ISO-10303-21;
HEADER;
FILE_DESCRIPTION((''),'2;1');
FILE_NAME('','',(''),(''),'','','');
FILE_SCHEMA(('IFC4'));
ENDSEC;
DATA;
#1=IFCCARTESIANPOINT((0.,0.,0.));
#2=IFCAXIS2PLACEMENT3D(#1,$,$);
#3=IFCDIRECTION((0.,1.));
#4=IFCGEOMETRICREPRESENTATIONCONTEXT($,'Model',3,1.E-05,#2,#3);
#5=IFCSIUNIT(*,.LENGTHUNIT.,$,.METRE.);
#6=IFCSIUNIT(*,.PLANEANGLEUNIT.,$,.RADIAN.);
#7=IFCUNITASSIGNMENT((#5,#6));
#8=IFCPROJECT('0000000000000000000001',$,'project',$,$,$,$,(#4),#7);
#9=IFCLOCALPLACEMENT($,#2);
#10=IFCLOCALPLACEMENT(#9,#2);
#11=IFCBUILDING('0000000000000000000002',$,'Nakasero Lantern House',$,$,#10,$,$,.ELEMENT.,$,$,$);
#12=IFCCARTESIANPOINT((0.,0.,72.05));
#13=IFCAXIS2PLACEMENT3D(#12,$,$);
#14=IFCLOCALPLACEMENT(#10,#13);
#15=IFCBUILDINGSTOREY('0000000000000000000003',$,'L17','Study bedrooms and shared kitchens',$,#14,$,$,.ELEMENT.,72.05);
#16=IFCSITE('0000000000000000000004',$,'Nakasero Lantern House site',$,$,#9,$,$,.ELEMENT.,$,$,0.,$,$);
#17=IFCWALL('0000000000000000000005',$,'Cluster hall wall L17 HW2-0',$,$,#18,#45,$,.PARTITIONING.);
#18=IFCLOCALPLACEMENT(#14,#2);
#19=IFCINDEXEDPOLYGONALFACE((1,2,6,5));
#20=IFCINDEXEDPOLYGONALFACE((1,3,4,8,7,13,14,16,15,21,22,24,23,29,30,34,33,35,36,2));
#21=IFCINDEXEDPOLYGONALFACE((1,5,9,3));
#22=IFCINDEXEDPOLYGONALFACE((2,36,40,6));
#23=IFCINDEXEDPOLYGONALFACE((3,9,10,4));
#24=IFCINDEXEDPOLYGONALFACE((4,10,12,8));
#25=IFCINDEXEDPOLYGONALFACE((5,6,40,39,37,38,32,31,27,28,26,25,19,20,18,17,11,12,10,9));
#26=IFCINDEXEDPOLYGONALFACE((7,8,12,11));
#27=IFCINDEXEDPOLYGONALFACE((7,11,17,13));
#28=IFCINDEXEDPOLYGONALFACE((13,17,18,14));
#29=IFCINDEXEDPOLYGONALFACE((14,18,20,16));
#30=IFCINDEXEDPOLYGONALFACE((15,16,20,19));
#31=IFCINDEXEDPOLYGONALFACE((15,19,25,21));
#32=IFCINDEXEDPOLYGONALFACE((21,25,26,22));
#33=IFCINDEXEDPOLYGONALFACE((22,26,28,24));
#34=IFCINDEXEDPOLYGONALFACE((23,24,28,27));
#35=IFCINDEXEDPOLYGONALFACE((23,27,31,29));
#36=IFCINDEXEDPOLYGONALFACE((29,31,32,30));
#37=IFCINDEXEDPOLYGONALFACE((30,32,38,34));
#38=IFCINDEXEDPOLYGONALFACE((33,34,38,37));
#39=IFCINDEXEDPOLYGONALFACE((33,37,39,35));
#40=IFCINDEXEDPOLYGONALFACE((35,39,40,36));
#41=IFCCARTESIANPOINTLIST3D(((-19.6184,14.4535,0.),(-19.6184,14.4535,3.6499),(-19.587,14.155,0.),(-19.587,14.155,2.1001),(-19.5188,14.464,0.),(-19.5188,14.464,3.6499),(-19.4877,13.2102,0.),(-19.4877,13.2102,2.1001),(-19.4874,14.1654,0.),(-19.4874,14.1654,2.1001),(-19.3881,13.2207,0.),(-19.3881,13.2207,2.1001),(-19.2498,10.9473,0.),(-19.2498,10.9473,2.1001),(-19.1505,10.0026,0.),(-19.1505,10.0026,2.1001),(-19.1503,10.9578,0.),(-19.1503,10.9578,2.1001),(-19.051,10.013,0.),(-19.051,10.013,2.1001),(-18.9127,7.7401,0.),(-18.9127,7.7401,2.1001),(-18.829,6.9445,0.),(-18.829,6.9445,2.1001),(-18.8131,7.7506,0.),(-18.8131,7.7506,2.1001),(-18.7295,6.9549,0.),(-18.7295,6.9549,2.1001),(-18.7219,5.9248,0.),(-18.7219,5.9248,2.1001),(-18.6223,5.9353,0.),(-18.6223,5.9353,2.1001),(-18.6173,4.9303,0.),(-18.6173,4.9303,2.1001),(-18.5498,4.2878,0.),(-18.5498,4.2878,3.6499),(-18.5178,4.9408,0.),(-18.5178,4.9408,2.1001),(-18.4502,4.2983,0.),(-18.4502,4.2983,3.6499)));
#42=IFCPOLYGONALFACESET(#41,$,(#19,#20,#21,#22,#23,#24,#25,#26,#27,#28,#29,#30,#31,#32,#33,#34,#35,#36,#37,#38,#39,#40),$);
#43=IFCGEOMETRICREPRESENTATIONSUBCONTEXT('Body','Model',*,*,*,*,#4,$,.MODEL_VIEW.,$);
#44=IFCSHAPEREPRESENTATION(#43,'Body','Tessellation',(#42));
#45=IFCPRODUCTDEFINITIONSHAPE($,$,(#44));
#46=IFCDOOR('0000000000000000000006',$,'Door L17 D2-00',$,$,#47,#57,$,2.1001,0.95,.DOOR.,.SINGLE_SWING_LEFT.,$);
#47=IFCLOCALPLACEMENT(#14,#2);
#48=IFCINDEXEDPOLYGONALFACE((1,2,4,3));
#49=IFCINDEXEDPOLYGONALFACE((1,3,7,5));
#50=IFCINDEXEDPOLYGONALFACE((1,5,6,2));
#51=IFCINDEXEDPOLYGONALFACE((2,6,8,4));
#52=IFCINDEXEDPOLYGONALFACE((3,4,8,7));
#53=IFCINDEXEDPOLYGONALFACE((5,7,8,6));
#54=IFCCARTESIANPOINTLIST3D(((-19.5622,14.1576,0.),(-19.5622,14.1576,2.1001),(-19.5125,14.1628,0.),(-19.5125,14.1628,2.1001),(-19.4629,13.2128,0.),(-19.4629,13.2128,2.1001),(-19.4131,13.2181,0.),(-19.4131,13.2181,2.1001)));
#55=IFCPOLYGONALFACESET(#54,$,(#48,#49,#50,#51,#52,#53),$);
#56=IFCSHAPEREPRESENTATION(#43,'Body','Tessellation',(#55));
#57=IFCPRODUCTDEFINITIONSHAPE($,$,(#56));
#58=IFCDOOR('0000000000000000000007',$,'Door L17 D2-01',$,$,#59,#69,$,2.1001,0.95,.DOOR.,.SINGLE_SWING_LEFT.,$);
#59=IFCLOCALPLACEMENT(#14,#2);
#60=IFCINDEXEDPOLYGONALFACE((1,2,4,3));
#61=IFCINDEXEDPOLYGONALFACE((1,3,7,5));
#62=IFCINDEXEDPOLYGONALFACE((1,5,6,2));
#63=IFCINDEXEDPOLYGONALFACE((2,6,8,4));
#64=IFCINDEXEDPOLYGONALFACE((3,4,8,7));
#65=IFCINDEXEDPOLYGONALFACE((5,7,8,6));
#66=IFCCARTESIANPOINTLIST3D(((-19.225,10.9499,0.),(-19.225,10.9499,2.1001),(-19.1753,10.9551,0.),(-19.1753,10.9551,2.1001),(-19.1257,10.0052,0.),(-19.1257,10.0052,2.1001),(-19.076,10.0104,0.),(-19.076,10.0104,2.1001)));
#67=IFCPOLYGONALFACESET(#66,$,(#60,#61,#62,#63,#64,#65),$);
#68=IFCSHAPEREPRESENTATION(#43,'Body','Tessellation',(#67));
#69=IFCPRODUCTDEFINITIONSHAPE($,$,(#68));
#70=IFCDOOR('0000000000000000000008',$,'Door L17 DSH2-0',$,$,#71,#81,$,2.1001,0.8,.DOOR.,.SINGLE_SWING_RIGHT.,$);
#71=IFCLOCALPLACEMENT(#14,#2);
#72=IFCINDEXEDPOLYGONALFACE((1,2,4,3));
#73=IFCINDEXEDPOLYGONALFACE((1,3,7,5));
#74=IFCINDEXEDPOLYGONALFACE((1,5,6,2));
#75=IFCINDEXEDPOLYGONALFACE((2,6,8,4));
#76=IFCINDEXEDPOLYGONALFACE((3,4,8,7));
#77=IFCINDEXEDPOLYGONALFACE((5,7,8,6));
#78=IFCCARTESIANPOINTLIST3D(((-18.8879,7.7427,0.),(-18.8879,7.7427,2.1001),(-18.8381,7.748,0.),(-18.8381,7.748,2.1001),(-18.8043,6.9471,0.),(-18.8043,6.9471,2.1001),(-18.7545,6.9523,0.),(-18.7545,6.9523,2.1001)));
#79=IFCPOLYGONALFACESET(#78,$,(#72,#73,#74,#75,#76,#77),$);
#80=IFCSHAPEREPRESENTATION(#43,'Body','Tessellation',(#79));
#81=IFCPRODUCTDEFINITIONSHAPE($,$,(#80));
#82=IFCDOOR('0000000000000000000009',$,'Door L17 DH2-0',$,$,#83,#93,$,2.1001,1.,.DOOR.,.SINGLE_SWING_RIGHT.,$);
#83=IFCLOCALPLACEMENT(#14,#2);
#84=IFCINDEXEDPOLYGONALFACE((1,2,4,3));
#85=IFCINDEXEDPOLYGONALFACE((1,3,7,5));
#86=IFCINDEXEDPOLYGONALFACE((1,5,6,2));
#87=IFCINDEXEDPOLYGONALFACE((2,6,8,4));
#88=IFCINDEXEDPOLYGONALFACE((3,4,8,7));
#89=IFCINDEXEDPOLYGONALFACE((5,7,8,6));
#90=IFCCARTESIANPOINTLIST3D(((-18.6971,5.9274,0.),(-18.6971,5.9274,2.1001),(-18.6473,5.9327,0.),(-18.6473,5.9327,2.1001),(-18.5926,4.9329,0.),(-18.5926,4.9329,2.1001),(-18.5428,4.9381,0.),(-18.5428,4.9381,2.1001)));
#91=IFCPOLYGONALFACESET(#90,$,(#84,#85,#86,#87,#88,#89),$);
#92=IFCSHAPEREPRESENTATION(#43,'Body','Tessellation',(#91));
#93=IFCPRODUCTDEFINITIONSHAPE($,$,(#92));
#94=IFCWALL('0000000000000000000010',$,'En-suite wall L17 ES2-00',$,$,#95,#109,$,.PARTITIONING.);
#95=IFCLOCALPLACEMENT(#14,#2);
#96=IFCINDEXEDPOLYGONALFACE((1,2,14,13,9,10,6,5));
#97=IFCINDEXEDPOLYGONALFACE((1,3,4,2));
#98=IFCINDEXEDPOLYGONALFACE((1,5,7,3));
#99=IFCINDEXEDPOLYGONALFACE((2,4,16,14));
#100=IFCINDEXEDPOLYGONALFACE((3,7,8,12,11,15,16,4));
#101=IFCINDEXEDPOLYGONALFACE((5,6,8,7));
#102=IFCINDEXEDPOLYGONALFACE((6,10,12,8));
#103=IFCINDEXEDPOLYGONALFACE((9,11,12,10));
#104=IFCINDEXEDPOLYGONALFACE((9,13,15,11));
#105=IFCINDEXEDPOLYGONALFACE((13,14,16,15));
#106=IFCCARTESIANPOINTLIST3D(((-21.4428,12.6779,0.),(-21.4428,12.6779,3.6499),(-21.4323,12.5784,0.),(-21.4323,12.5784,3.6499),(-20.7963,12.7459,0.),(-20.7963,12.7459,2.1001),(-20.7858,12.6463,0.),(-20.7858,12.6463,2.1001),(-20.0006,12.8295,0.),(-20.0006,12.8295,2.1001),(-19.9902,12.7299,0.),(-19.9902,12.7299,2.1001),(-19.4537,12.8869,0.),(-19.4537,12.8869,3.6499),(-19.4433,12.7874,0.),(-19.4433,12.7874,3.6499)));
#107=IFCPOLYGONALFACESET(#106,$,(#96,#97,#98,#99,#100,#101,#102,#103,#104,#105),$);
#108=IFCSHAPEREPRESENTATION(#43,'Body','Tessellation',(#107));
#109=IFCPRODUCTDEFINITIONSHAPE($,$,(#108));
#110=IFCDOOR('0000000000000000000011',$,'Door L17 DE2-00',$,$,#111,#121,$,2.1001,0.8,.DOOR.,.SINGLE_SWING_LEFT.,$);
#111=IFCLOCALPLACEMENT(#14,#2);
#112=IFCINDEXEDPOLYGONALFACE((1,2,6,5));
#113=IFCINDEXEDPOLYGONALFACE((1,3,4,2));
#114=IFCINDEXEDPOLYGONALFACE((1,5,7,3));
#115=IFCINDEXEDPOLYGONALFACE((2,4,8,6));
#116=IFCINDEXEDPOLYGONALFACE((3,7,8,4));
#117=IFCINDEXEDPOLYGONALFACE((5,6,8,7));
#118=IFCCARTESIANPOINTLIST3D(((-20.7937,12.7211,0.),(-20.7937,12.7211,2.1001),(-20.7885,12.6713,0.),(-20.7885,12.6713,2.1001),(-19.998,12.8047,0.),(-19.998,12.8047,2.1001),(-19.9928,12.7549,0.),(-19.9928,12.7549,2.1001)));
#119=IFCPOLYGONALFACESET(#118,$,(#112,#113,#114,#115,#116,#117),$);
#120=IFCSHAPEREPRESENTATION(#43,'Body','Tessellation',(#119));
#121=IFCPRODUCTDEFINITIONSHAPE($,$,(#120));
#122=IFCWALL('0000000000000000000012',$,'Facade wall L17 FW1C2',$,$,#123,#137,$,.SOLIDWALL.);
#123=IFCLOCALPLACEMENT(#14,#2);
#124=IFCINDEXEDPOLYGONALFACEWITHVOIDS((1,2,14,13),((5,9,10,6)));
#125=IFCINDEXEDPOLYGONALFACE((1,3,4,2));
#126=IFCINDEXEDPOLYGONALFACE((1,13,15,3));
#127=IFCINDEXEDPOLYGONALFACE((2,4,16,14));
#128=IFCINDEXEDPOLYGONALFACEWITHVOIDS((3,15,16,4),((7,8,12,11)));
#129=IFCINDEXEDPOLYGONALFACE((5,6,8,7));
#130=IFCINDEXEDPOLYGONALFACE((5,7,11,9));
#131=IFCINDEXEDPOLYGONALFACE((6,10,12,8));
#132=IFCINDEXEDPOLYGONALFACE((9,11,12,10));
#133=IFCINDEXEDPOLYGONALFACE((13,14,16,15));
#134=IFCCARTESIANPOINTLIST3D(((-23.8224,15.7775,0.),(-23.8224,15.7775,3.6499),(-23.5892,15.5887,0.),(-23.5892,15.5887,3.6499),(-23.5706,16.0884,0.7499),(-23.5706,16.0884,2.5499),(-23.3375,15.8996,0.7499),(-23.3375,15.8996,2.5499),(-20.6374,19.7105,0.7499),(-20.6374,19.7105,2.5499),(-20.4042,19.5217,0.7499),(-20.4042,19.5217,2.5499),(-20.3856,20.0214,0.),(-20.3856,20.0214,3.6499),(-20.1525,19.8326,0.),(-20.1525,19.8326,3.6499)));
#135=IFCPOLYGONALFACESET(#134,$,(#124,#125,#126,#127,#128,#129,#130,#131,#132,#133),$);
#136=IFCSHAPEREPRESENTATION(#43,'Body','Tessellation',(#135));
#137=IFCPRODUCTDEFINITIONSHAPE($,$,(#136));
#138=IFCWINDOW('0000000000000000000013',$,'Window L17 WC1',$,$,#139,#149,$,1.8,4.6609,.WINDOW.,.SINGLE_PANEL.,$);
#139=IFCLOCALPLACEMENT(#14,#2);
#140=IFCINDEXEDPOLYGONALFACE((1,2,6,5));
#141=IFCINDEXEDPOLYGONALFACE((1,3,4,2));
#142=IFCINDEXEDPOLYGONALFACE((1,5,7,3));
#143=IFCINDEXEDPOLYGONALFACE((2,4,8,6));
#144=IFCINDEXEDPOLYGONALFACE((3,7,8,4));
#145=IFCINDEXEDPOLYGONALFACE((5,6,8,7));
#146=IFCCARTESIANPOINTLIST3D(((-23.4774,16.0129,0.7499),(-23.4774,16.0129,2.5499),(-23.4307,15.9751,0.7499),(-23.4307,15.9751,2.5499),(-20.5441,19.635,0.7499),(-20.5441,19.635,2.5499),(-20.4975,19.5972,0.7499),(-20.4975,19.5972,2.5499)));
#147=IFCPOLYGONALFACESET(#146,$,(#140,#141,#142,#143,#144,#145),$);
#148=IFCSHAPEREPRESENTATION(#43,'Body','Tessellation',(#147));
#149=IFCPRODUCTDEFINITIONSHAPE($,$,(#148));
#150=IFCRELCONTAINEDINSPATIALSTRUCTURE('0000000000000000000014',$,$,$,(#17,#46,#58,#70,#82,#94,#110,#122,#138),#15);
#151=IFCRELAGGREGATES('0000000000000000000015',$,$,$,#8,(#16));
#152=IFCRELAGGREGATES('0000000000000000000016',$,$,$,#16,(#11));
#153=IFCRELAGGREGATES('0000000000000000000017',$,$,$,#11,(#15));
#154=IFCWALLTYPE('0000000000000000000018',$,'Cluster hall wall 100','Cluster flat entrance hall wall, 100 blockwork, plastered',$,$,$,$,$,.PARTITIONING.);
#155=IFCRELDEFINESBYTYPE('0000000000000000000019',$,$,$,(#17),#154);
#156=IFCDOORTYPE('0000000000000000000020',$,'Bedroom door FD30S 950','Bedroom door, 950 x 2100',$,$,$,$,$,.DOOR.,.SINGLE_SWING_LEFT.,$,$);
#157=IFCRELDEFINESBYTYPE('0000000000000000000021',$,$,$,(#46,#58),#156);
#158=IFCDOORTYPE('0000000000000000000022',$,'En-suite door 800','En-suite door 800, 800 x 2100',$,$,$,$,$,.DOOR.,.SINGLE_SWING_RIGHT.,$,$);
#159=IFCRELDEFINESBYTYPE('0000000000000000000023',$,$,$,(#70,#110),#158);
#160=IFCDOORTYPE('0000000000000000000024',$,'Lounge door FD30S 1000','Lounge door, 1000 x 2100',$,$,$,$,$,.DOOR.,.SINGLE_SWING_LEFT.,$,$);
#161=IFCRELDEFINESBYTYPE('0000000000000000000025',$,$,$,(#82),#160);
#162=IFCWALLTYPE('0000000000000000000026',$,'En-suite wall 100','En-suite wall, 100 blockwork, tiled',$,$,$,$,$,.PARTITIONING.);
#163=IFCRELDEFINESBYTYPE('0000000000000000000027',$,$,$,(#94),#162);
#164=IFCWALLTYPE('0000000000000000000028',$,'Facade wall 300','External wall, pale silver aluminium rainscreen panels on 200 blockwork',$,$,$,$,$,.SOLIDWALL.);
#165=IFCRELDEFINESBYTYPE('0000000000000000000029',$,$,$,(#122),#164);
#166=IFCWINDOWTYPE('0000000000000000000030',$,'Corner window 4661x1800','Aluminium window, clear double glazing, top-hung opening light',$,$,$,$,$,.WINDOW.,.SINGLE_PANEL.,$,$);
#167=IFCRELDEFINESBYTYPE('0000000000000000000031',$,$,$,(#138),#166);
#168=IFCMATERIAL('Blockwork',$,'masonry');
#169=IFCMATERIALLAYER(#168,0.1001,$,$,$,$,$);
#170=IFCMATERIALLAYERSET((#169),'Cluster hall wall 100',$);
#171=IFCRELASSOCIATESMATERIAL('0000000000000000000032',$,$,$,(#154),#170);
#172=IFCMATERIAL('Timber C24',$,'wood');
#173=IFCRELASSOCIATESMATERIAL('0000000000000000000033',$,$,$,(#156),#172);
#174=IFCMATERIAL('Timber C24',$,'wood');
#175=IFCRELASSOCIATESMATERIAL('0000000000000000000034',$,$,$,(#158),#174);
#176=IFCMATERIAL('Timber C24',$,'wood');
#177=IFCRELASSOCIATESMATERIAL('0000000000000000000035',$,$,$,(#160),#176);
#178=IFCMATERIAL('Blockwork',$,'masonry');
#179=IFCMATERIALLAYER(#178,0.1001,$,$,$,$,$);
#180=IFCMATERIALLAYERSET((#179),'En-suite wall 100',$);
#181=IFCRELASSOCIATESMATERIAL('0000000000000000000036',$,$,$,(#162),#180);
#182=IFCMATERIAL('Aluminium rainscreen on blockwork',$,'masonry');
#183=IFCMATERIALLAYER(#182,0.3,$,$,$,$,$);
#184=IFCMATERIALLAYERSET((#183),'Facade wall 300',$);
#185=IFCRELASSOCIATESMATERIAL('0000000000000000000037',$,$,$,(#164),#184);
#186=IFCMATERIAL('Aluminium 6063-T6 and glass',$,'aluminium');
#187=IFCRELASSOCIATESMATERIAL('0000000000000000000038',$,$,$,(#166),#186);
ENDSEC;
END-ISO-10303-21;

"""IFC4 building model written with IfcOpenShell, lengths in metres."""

from ifc_helpers import new_model, si_unit, direction, frame, frame_2d, origin, place, context, subcontext, project, spatial, rectangle, extrude, material, layer, layer_set, type_object, element, fill, save


model = new_model("IFC4")

# Units and contexts
model_context = context("Model", 3, precision=1e-05, world=origin(), true_north=direction((0.0, 1.0)))
body_context = subcontext(model_context, "Body", "Model", "MODEL_VIEW")
ifc_project = project(units=[si_unit("LENGTHUNIT", "METRE"), si_unit("PLANEANGLEUNIT", "RADIAN")], contexts=[model_context])

# Site, building, storey
site_placement = place(None, origin())
site = spatial("IfcSite", under=ifc_project, at=site_placement, Name="Nakasero Lantern House site", CompositionType="ELEMENT", RefElevation=0.0)
building_placement = place(site_placement, origin())
building = spatial("IfcBuilding", under=site, at=building_placement, Name="Nakasero Lantern House", CompositionType="ELEMENT")
storey_placement = place(building_placement, frame((0.0, 0.0, 72.05)))
storey = spatial("IfcBuildingStorey", under=building, at=storey_placement, Name="L17", Description="Study bedrooms and shared kitchens", CompositionType="ELEMENT", Elevation=72.05)

# Wall, openings, doors
ifc_material_1 = material(Name="Blockwork", Category="masonry")
ifc_layer_1 = layer(ifc_material_1, 0.1001)
ifc_layer_set_1 = layer_set([ifc_layer_1], Name="Cluster hall wall 100")
wall_type_1 = type_object("IfcWallType", Name="Cluster hall wall 100", Description="Cluster flat entrance hall wall, 100 blockwork, plastered", PredefinedType="PARTITIONING", material=ifc_layer_set_1)
wall_1_placement = place(storey_placement, frame((-19.5686, 14.4587, 0.0), z_axis=(0.0, 0.0, 1.0), x_axis=(0.104542, -0.99452, 0.0)))
wall_1 = element("IfcWall", 1, at=wall_1_placement, inside=storey, type_object=wall_type_1, Name="Cluster hall wall L17 HW2-0", PredefinedType="PARTITIONING", context=body_context, shape_type="SweptSolid", body=[
    extrude(rectangle(XDim=10.2217, YDim=0.1001, at=frame_2d((5.1108, 0.0))), origin(), (0.0, 0.0, 1.0), 3.6499),
])
opening_1_placement = place(wall_1_placement, frame((8.5757, 0.0, 0.0)))
opening_1 = element("IfcOpeningElement", 2, at=opening_1_placement, cuts=wall_1, PredefinedType="OPENING", context=body_context, shape_type="SweptSolid", body=[
    extrude(rectangle(XDim=1.0, YDim=2.1001, at=frame_2d((0.5, 1.05))), frame((0.0, 0.0701, 0.0), z_axis=(0.0, -1.0, 0.0), x_axis=(1.0, 0.0, 0.0)), (0.0, 0.0, 1.0), 0.1401),
])
opening_2_placement = place(wall_1_placement, frame((6.7505, 0.0, 0.0)))
opening_2 = element("IfcOpeningElement", 3, at=opening_2_placement, cuts=wall_1, PredefinedType="OPENING", context=body_context, shape_type="SweptSolid", body=[
    extrude(rectangle(XDim=0.8, YDim=2.1001, at=frame_2d((0.3999, 1.05))), frame((0.0, 0.0701, 0.0), z_axis=(0.0, -1.0, 0.0), x_axis=(1.0, 0.0, 0.0)), (0.0, 0.0, 1.0), 0.1401),
])
opening_3_placement = place(wall_1_placement, frame((0.3, 0.0, 0.0)))
opening_3 = element("IfcOpeningElement", 4, at=opening_3_placement, cuts=wall_1, PredefinedType="OPENING", context=body_context, shape_type="SweptSolid", body=[
    extrude(rectangle(XDim=0.95, YDim=2.1001, at=frame_2d((0.4751, 1.05))), frame((0.0, 0.0701, 0.0), z_axis=(0.0, -1.0, 0.0), x_axis=(1.0, 0.0, 0.0)), (0.0, 0.0, 1.0), 0.1401),
])
opening_4_placement = place(wall_1_placement, frame((3.5254, 0.0, 0.0)))
opening_4 = element("IfcOpeningElement", 5, at=opening_4_placement, cuts=wall_1, PredefinedType="OPENING", context=body_context, shape_type="SweptSolid", body=[
    extrude(rectangle(XDim=0.95, YDim=2.1001, at=frame_2d((0.4751, 1.05))), frame((0.0, 0.0701, 0.0), z_axis=(0.0, -1.0, 0.0), x_axis=(1.0, 0.0, 0.0)), (0.0, 0.0, 1.0), 0.1401),
])
ifc_material_2 = material(Name="Timber C24", Category="wood")
door_type_1 = type_object("IfcDoorType", Name="Bedroom door FD30S 950", Description="Bedroom door, 950 x 2100", OperationType="SINGLE_SWING_LEFT", PredefinedType="DOOR", material=ifc_material_2)
door_1_placement = place(opening_3_placement, origin())
door_1 = element("IfcDoor", 6, at=door_1_placement, inside=storey, type_object=door_type_1, Name="Door L17 D2-00", OperationType="SINGLE_SWING_LEFT", OverallHeight=2.1001, OverallWidth=0.95, PredefinedType="DOOR", context=body_context, shape_type="SweptSolid", body=[
    extrude(rectangle(XDim=0.95, YDim=2.1001, at=frame_2d((0.4751, 1.05))), frame((0.0, 0.0249, 0.0), z_axis=(0.0, -1.0, 0.0), x_axis=(1.0, 0.0, 0.0)), (0.0, 0.0, 1.0), 0.05),
])
fill(opening_3, door_1)
door_2_placement = place(opening_4_placement, origin())
door_2 = element("IfcDoor", 7, at=door_2_placement, inside=storey, type_object=door_type_1, Name="Door L17 D2-01", OperationType="SINGLE_SWING_LEFT", OverallHeight=2.1001, OverallWidth=0.95, PredefinedType="DOOR", context=body_context, shape_type="SweptSolid", body=[
    extrude(rectangle(XDim=0.95, YDim=2.1001, at=frame_2d((0.4751, 1.05))), frame((0.0, 0.0249, 0.0), z_axis=(0.0, -1.0, 0.0), x_axis=(1.0, 0.0, 0.0)), (0.0, 0.0, 1.0), 0.05),
])
fill(opening_4, door_2)
ifc_material_3 = material(Name="Timber C24", Category="wood")
door_type_2 = type_object("IfcDoorType", Name="En-suite door 800", Description="En-suite door 800, 800 x 2100", OperationType="SINGLE_SWING_RIGHT", PredefinedType="DOOR", material=ifc_material_3)
door_3_placement = place(opening_2_placement, origin())
door_3 = element("IfcDoor", 8, at=door_3_placement, inside=storey, type_object=door_type_2, Name="Door L17 DSH2-0", OperationType="SINGLE_SWING_RIGHT", OverallHeight=2.1001, OverallWidth=0.8, PredefinedType="DOOR", context=body_context, shape_type="SweptSolid", body=[
    extrude(rectangle(XDim=0.8, YDim=2.1001, at=frame_2d((0.3999, 1.05))), frame((0.0, 0.0249, 0.0), z_axis=(0.0, -1.0, 0.0), x_axis=(1.0, 0.0, 0.0)), (0.0, 0.0, 1.0), 0.05),
])
fill(opening_2, door_3)
ifc_material_4 = material(Name="Timber C24", Category="wood")
door_type_3 = type_object("IfcDoorType", Name="Lounge door FD30S 1000", Description="Lounge door, 1000 x 2100", OperationType="SINGLE_SWING_LEFT", PredefinedType="DOOR", material=ifc_material_4)
door_4_placement = place(opening_1_placement, origin())
door_4 = element("IfcDoor", 9, at=door_4_placement, inside=storey, type_object=door_type_3, Name="Door L17 DH2-0", OperationType="SINGLE_SWING_RIGHT", OverallHeight=2.1001, OverallWidth=1.0, PredefinedType="DOOR", context=body_context, shape_type="SweptSolid", body=[
    extrude(rectangle(XDim=1.0, YDim=2.1001, at=frame_2d((0.5, 1.05))), frame((0.0, 0.0249, 0.0), z_axis=(0.0, -1.0, 0.0), x_axis=(1.0, 0.0, 0.0)), (0.0, 0.0, 1.0), 0.05),
])
fill(opening_1, door_4)

# Wall, opening, door
ifc_material_5 = material(Name="Blockwork", Category="masonry")
ifc_layer_2 = layer(ifc_material_5, 0.1001)
ifc_layer_set_2 = layer_set([ifc_layer_2], Name="En-suite wall 100")
wall_type_2 = type_object("IfcWallType", Name="En-suite wall 100", Description="En-suite wall, 100 blockwork, tiled", PredefinedType="PARTITIONING", material=ifc_layer_set_2)
wall_2_placement = place(storey_placement, frame((-19.4485, 12.8372, 0.0), z_axis=(0.0, 0.0, 1.0), x_axis=(-0.994526, -0.104494, 0.0)))
wall_2 = element("IfcWall", 10, at=wall_2_placement, inside=storey, type_object=wall_type_2, Name="En-suite wall L17 ES2-00", PredefinedType="PARTITIONING", context=body_context, shape_type="SweptSolid", body=[
    extrude(rectangle(XDim=2.0, YDim=0.1001, at=frame_2d((1.0, 0.0))), origin(), (0.0, 0.0, 1.0), 3.6499),
])
opening_5_placement = place(wall_2_placement, frame((0.55, 0.0, 0.0)))
opening_5 = element("IfcOpeningElement", 11, at=opening_5_placement, cuts=wall_2, PredefinedType="OPENING", context=body_context, shape_type="SweptSolid", body=[
    extrude(rectangle(XDim=0.8, YDim=2.1001, at=frame_2d((0.3999, 1.05))), frame((0.0, 0.0701, 0.0), z_axis=(0.0, -1.0, 0.0), x_axis=(1.0, 0.0, 0.0)), (0.0, 0.0, 1.0), 0.1401),
])
door_5_placement = place(opening_5_placement, origin())
door_5 = element("IfcDoor", 12, at=door_5_placement, inside=storey, type_object=door_type_2, Name="Door L17 DE2-00", OperationType="SINGLE_SWING_LEFT", OverallHeight=2.1001, OverallWidth=0.8, PredefinedType="DOOR", context=body_context, shape_type="SweptSolid", body=[
    extrude(rectangle(XDim=0.8, YDim=2.1001, at=frame_2d((0.3999, 1.05))), frame((0.0, 0.0249, 0.0), z_axis=(0.0, -1.0, 0.0), x_axis=(1.0, 0.0, 0.0)), (0.0, 0.0, 1.0), 0.05),
])
fill(opening_5, door_5)

# Wall, opening, window
ifc_material_6 = material(Name="Aluminium rainscreen on blockwork", Category="masonry")
ifc_layer_3 = layer(ifc_material_6, 0.3)
ifc_layer_set_3 = layer_set([ifc_layer_3], Name="Facade wall 300")
wall_type_3 = type_object("IfcWallType", Name="Facade wall 300", Description="External wall, pale silver aluminium rainscreen panels on 200 blockwork", PredefinedType="SOLIDWALL", material=ifc_layer_set_3)
wall_3_placement = place(storey_placement, frame((-20.269, 19.927, 0.0), z_axis=(0.0, 0.0, 1.0), x_axis=(-0.629335, -0.777135, 0.0)))
wall_3 = element("IfcWall", 13, at=wall_3_placement, inside=storey, type_object=wall_type_3, Name="Facade wall L17 FW1C2", PredefinedType="SOLIDWALL", context=body_context, shape_type="SweptSolid", body=[
    extrude(rectangle(XDim=5.4609, YDim=0.3, at=frame_2d((2.7305, 0.0))), origin(), (0.0, 0.0, 1.0), 3.6499),
])
opening_6_placement = place(wall_3_placement, frame((0.3999, 0.0, 0.75)))
opening_6 = element("IfcOpeningElement", 14, at=opening_6_placement, cuts=wall_3, PredefinedType="OPENING", context=body_context, shape_type="SweptSolid", body=[
    extrude(rectangle(XDim=4.6609, YDim=1.8, at=frame_2d((2.3306, 0.8999))), frame((0.0, 0.1699, 0.0), z_axis=(0.0, -1.0, 0.0), x_axis=(1.0, 0.0, 0.0)), (0.0, 0.0, 1.0), 0.3401),
])
ifc_material_7 = material(Name="Aluminium 6063-T6 and glass", Category="aluminium")
window_type_1 = type_object("IfcWindowType", Name="Corner window 4661x1800", Description="Aluminium window, clear double glazing, top-hung opening light", PartitioningType="SINGLE_PANEL", PredefinedType="WINDOW", material=ifc_material_7)
window_1_placement = place(opening_6_placement, origin())
window_1 = element("IfcWindow", 15, at=window_1_placement, inside=storey, type_object=window_type_1, Name="Window L17 WC1", OverallHeight=1.8, OverallWidth=4.6609, PartitioningType="SINGLE_PANEL", PredefinedType="WINDOW", context=body_context, shape_type="SweptSolid", body=[
    extrude(rectangle(XDim=4.6609, YDim=1.8, at=frame_2d((2.3306, 0.8999))), frame((0.0, 0.03, 0.0), z_axis=(0.0, -1.0, 0.0), x_axis=(1.0, 0.0, 0.0)), (0.0, 0.0, 1.0), 0.0601),
])
fill(opening_6, window_1)

save(model, "model.ifc")
